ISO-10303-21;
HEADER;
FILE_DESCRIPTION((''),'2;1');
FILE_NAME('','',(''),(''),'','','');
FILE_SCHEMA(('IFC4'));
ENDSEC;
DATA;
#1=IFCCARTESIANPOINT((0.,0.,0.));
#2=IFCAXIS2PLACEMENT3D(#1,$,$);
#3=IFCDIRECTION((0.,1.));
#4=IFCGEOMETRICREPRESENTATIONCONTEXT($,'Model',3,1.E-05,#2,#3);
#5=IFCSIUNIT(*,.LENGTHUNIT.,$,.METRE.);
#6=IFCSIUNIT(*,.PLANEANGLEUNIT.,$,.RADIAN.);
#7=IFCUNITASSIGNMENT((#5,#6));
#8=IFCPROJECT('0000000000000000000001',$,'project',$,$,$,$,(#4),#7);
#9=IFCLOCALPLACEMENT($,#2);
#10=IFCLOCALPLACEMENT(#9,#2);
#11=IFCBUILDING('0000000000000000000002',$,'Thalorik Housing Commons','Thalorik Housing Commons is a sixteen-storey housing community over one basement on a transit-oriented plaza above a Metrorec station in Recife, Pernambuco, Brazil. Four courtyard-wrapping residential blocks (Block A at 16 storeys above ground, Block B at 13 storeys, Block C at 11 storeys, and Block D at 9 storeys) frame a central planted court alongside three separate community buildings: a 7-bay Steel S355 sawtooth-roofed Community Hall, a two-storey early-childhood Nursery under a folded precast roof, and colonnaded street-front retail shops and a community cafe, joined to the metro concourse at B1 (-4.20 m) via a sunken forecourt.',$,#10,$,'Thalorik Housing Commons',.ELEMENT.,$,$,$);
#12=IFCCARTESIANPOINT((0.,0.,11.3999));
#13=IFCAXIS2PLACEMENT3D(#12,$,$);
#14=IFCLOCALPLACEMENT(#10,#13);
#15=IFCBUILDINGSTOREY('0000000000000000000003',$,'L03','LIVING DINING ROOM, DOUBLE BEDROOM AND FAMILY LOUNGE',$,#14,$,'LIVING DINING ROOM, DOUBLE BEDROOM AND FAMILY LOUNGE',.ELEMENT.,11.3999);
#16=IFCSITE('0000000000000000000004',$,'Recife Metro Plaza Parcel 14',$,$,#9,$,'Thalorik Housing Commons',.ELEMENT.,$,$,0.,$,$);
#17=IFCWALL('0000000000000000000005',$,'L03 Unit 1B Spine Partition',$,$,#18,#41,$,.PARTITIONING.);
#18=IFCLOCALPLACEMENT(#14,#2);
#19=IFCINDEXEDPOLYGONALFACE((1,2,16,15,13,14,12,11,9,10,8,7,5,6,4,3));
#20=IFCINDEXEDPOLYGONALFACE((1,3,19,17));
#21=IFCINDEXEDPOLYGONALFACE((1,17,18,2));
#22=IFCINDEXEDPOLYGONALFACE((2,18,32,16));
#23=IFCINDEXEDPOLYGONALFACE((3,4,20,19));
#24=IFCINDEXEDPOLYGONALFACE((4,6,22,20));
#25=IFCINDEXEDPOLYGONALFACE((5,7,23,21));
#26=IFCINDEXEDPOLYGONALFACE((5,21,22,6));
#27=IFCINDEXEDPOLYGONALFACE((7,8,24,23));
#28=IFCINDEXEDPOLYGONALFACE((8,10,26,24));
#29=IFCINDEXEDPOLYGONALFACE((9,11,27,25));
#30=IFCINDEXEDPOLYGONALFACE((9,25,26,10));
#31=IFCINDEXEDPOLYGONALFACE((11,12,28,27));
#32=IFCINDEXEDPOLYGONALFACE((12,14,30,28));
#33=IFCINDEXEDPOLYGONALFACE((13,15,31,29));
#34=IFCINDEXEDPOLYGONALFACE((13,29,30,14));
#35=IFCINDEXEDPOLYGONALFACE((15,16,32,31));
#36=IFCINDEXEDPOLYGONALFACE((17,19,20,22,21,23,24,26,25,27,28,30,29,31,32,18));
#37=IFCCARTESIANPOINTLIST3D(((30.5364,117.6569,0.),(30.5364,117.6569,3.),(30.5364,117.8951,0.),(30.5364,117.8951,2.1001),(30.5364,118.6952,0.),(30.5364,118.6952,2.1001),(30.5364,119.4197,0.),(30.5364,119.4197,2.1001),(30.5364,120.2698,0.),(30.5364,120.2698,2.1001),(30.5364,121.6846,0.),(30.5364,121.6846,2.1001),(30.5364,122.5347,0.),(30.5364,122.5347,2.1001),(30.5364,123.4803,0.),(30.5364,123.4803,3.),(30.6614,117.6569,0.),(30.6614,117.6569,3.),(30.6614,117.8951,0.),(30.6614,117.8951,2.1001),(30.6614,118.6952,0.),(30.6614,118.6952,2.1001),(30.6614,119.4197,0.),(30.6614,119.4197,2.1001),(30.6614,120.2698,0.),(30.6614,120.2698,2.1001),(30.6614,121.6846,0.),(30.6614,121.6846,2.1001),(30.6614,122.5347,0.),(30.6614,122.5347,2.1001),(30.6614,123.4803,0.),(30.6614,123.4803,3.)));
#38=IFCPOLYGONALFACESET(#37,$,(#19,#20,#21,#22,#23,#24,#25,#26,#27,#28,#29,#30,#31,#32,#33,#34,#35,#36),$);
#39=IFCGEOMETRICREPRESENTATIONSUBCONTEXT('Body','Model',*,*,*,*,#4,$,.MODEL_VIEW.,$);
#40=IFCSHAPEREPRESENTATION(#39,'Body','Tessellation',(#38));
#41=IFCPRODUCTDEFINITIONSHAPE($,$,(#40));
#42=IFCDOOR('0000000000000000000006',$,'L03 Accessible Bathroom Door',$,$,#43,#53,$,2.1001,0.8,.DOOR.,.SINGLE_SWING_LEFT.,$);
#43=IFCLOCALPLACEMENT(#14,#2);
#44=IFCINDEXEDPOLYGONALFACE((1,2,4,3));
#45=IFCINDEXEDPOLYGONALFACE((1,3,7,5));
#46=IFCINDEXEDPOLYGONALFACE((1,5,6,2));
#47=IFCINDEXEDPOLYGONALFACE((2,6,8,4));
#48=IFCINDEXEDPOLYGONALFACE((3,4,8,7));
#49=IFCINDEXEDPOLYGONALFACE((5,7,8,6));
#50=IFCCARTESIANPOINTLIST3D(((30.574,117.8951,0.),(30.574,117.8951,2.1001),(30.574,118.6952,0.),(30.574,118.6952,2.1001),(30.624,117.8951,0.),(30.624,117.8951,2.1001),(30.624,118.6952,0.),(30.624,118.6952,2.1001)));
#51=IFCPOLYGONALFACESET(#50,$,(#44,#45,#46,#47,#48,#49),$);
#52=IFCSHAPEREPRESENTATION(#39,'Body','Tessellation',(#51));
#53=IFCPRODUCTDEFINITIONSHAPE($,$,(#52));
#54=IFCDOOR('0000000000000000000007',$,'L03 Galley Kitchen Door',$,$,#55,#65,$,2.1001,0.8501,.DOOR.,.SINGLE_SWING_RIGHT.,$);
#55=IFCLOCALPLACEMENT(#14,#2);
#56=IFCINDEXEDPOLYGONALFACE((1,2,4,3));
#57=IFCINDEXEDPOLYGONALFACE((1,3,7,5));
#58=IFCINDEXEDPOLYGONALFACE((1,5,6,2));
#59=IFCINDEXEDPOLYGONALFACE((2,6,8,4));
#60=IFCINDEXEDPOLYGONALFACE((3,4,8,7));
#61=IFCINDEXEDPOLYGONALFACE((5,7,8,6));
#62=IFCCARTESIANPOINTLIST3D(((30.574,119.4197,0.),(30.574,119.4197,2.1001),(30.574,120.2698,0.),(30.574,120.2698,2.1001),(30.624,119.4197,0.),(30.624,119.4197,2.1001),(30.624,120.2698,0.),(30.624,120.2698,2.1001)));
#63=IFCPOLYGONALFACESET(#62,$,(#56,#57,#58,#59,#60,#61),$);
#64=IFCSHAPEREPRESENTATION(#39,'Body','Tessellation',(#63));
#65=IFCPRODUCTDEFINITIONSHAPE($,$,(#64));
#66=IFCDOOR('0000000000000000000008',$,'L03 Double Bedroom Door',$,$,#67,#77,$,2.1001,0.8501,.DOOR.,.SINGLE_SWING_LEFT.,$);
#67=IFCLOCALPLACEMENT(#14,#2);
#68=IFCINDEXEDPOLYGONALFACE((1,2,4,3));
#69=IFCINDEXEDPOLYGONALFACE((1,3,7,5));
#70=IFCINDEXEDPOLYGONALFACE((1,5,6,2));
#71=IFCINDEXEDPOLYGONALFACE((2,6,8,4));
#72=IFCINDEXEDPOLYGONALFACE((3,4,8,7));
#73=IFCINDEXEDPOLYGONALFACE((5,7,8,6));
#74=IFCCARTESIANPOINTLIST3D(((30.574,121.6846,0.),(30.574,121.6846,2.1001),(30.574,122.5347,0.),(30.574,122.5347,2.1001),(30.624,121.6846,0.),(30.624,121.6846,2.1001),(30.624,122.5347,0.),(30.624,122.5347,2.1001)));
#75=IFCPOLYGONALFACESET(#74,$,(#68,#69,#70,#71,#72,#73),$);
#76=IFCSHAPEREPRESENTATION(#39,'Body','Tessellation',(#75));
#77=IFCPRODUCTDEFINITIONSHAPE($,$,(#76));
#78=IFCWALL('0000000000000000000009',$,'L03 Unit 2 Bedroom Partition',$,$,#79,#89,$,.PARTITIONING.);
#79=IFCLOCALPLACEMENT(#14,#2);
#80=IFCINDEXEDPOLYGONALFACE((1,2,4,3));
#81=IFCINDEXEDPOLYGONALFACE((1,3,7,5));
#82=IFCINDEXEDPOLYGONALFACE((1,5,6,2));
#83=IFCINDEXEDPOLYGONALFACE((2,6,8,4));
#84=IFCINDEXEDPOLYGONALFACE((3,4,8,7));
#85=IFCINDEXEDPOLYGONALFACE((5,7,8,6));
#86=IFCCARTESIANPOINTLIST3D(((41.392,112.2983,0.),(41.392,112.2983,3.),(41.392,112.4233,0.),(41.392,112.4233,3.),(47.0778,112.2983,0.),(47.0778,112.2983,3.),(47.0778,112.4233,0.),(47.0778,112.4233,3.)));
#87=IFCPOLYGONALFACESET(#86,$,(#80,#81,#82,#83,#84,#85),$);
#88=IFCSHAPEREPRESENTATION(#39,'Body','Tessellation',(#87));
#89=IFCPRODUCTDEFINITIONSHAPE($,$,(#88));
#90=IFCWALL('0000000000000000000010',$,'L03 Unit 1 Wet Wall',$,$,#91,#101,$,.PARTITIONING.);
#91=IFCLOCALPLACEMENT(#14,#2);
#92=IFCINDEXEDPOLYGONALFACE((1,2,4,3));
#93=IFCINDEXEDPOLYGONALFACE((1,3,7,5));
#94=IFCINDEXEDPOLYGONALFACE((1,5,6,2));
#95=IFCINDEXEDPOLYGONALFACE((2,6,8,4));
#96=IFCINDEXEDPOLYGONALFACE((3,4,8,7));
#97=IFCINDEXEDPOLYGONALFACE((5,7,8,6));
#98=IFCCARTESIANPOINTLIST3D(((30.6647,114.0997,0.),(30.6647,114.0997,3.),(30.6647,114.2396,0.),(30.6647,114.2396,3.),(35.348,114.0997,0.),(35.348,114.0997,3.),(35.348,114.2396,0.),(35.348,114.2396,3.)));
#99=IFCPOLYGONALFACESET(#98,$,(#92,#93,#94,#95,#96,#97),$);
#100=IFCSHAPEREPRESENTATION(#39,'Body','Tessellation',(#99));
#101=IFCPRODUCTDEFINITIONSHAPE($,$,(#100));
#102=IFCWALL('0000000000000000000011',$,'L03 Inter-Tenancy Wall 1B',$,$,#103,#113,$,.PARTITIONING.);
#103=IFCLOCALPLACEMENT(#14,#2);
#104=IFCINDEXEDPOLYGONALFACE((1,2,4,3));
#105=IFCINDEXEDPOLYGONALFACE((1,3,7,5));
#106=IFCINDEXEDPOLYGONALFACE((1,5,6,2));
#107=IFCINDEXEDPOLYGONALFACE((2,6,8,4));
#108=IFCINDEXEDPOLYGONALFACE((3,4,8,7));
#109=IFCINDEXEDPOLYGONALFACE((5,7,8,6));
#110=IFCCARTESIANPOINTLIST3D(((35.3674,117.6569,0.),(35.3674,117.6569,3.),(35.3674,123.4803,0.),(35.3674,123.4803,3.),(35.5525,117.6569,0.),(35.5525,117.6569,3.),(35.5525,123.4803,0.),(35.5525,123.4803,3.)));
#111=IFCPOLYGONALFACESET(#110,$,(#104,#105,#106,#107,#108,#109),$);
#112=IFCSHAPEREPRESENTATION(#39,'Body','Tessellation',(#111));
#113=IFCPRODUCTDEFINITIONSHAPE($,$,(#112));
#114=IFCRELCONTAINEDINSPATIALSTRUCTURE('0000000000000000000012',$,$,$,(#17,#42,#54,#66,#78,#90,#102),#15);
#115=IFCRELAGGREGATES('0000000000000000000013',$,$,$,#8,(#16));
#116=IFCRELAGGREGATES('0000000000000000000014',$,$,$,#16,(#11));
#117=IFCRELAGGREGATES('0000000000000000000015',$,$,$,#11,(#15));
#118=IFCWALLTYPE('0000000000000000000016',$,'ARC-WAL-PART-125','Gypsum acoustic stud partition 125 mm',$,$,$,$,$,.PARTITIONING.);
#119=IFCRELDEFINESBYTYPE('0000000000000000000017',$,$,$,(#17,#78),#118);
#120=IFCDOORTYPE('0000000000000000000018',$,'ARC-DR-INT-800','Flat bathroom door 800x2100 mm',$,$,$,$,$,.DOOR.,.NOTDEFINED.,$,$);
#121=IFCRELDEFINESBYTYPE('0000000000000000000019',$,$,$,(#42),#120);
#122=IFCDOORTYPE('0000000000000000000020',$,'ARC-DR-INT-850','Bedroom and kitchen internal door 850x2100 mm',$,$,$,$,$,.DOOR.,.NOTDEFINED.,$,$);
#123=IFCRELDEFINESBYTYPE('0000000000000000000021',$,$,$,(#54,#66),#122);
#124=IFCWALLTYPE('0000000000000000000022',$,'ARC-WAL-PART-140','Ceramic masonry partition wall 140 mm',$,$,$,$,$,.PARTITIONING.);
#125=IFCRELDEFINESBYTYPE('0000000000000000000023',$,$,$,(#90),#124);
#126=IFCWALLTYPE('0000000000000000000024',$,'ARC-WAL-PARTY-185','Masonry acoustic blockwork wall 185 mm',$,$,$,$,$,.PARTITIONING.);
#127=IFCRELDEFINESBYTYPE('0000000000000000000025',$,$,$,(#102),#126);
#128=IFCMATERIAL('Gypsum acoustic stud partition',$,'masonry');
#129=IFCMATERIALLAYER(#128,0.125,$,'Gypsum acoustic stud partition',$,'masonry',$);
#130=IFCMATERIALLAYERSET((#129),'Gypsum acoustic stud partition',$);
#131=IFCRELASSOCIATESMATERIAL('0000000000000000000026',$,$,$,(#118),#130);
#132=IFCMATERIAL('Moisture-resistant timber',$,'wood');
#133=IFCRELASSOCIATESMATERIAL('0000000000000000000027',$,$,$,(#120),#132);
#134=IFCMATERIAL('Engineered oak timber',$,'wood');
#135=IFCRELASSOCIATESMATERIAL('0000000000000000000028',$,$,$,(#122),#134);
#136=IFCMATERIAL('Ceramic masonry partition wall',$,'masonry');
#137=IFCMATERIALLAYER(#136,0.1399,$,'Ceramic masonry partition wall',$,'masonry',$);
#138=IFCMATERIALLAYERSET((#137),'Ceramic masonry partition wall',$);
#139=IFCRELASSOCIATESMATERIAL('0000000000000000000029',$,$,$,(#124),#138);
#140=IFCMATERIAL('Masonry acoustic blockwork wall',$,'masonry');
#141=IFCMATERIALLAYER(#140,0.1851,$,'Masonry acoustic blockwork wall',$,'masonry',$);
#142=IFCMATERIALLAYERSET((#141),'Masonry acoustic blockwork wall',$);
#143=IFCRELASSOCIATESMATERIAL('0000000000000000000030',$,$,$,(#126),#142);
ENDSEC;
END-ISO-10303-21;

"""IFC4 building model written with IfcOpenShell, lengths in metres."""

from ifc_helpers import new_model, si_unit, direction, frame, frame_2d, origin, place, context, subcontext, project, spatial, rectangle, extrude, material, layer, layer_set, type_object, element, fill, save


model = new_model("IFC4")

# Units and contexts
model_context = context("Model", 3, precision=1e-05, world=origin(), true_north=direction((0.0, 1.0)))
body_context = subcontext(model_context, "Body", "Model", "MODEL_VIEW")
ifc_project = project(units=[si_unit("LENGTHUNIT", "METRE"), si_unit("PLANEANGLEUNIT", "RADIAN")], contexts=[model_context])

# Site, building, storey
site_placement = place(None, origin())
site = spatial("IfcSite", under=ifc_project, at=site_placement, Name="Recife Metro Plaza Parcel 14", LongName="Thalorik Housing Commons", CompositionType="ELEMENT", RefElevation=0.0)
building_placement = place(site_placement, origin())
building = spatial("IfcBuilding", under=site, at=building_placement, Name="Thalorik Housing Commons", Description="Thalorik Housing Commons is a sixteen-storey housing community over one basement on a transit-oriented plaza above a Metrorec station in Recife, Pernambuco, Brazil. Four courtyard-wrapping residential blocks (Block A at 16 storeys above ground, Block B at 13 storeys, Block C at 11 storeys, and Block D at 9 storeys) frame a central planted court alongside three separate community buildings: a 7-bay Steel S355 sawtooth-roofed Community Hall, a two-storey early-childhood Nursery under a folded precast roof, and colonnaded street-front retail shops and a community cafe, joined to the metro concourse at B1 (-4.20 m) via a sunken forecourt.", LongName="Thalorik Housing Commons", CompositionType="ELEMENT")
storey_placement = place(building_placement, frame((0.0, 0.0, 11.3999)))
storey = spatial("IfcBuildingStorey", under=building, at=storey_placement, Name="L03", Description="LIVING DINING ROOM, DOUBLE BEDROOM AND FAMILY LOUNGE", LongName="LIVING DINING ROOM, DOUBLE BEDROOM AND FAMILY LOUNGE", CompositionType="ELEMENT", Elevation=11.3999)

# Wall, openings, doors
ifc_material_1 = material(Name="Gypsum acoustic stud partition", Category="masonry")
ifc_layer_1 = layer(ifc_material_1, 0.125, Name="Gypsum acoustic stud partition", Category="masonry")
ifc_layer_set_1 = layer_set([ifc_layer_1], Name="Gypsum acoustic stud partition")
wall_type_1 = type_object("IfcWallType", Name="ARC-WAL-PART-125", Description="Gypsum acoustic stud partition 125 mm", PredefinedType="PARTITIONING", material=ifc_layer_set_1)
wall_1_placement = place(storey_placement, frame((30.5989, 117.657, 0.0), z_axis=(0.0, 0.0, 1.0), x_axis=(0.0, 1.0, 0.0)))
wall_1 = element("IfcWall", 1, at=wall_1_placement, inside=storey, type_object=wall_type_1, Name="L03 Unit 1B Spine Partition", PredefinedType="PARTITIONING", context=body_context, shape_type="SweptSolid", body=[
    extrude(rectangle(XDim=5.8235, YDim=0.125, at=frame_2d((2.9116, 0.0))), origin(), (0.0, 0.0, 1.0), 3.0),
])
opening_1_placement = place(wall_1_placement, frame((0.2383, 0.0, 0.0)))
opening_1 = element("IfcOpeningElement", 2, at=opening_1_placement, cuts=wall_1, PredefinedType="OPENING", context=body_context, shape_type="SweptSolid", body=[
    extrude(rectangle(XDim=0.8, YDim=2.1001, at=frame_2d((0.3999, 1.05))), frame((0.0, 0.0725, 0.0), z_axis=(0.0, -1.0, 0.0), x_axis=(1.0, 0.0, 0.0)), (0.0, 0.0, 1.0), 0.145),
])
opening_2_placement = place(wall_1_placement, frame((1.7627, 0.0, 0.0)))
opening_2 = element("IfcOpeningElement", 3, at=opening_2_placement, cuts=wall_1, PredefinedType="OPENING", context=body_context, shape_type="SweptSolid", body=[
    extrude(rectangle(XDim=0.8501, YDim=2.1001, at=frame_2d((0.425, 1.05))), frame((0.0, 0.0725, 0.0), z_axis=(0.0, -1.0, 0.0), x_axis=(1.0, 0.0, 0.0)), (0.0, 0.0, 1.0), 0.145),
])
opening_3_placement = place(wall_1_placement, frame((4.0276, 0.0, 0.0)))
opening_3 = element("IfcOpeningElement", 4, at=opening_3_placement, cuts=wall_1, PredefinedType="OPENING", context=body_context, shape_type="SweptSolid", body=[
    extrude(rectangle(XDim=0.8501, YDim=2.1001, at=frame_2d((0.425, 1.05))), frame((0.0, 0.0725, 0.0), z_axis=(0.0, -1.0, 0.0), x_axis=(1.0, 0.0, 0.0)), (0.0, 0.0, 1.0), 0.145),
])
ifc_material_2 = material(Name="Moisture-resistant timber", Category="wood")
door_type_1 = type_object("IfcDoorType", Name="ARC-DR-INT-800", Description="Flat bathroom door 800x2100 mm", OperationType="NOTDEFINED", PredefinedType="DOOR", material=ifc_material_2)
door_1_placement = place(opening_1_placement, origin())
door_1 = element("IfcDoor", 5, at=door_1_placement, inside=storey, type_object=door_type_1, Name="L03 Accessible Bathroom Door", OperationType="SINGLE_SWING_LEFT", OverallHeight=2.1001, OverallWidth=0.8, PredefinedType="DOOR", context=body_context, shape_type="SweptSolid", body=[
    extrude(rectangle(XDim=0.8, YDim=2.1001, at=frame_2d((0.3999, 1.05))), frame((0.0, 0.0249, 0.0), z_axis=(0.0, -1.0, 0.0), x_axis=(1.0, 0.0, 0.0)), (0.0, 0.0, 1.0), 0.05),
])
fill(opening_1, door_1)
ifc_material_3 = material(Name="Engineered oak timber", Category="wood")
door_type_2 = type_object("IfcDoorType", Name="ARC-DR-INT-850", Description="Bedroom and kitchen internal door 850x2100 mm", OperationType="NOTDEFINED", PredefinedType="DOOR", material=ifc_material_3)
door_2_placement = place(opening_2_placement, origin())
door_2 = element("IfcDoor", 6, at=door_2_placement, inside=storey, type_object=door_type_2, Name="L03 Galley Kitchen Door", OperationType="SINGLE_SWING_RIGHT", OverallHeight=2.1001, OverallWidth=0.8501, PredefinedType="DOOR", context=body_context, shape_type="SweptSolid", body=[
    extrude(rectangle(XDim=0.8501, YDim=2.1001, at=frame_2d((0.425, 1.05))), frame((0.0, 0.0249, 0.0), z_axis=(0.0, -1.0, 0.0), x_axis=(1.0, 0.0, 0.0)), (0.0, 0.0, 1.0), 0.05),
])
fill(opening_2, door_2)
door_3_placement = place(opening_3_placement, origin())
door_3 = element("IfcDoor", 7, at=door_3_placement, inside=storey, type_object=door_type_2, Name="L03 Double Bedroom Door", OperationType="SINGLE_SWING_LEFT", OverallHeight=2.1001, OverallWidth=0.8501, PredefinedType="DOOR", context=body_context, shape_type="SweptSolid", body=[
    extrude(rectangle(XDim=0.8501, YDim=2.1001, at=frame_2d((0.425, 1.05))), frame((0.0, 0.0249, 0.0), z_axis=(0.0, -1.0, 0.0), x_axis=(1.0, 0.0, 0.0)), (0.0, 0.0, 1.0), 0.05),
])
fill(opening_3, door_3)

# Walls
wall_2_placement = place(storey_placement, frame((41.3921, 112.3608, 0.0), z_axis=(0.0, 0.0, 1.0), x_axis=(1.0, 0.0, 0.0)))
element("IfcWall", 8, at=wall_2_placement, inside=storey, type_object=wall_type_1, Name="L03 Unit 2 Bedroom Partition", PredefinedType="PARTITIONING", context=body_context, shape_type="SweptSolid", body=[
    extrude(rectangle(XDim=5.6858, YDim=0.125, at=frame_2d((2.8428, 0.0))), origin(), (0.0, 0.0, 1.0), 3.0),
])
ifc_material_4 = material(Name="Ceramic masonry partition wall", Category="masonry")
ifc_layer_2 = layer(ifc_material_4, 0.1399, Name="Ceramic masonry partition wall", Category="masonry")
ifc_layer_set_2 = layer_set([ifc_layer_2], Name="Ceramic masonry partition wall")
wall_type_2 = type_object("IfcWallType", Name="ARC-WAL-PART-140", Description="Ceramic masonry partition wall 140 mm", PredefinedType="PARTITIONING", material=ifc_layer_set_2)
wall_3_placement = place(storey_placement, frame((30.6646, 114.1697, 0.0), z_axis=(0.0, 0.0, 1.0), x_axis=(1.0, 0.0, 0.0)))
element("IfcWall", 9, at=wall_3_placement, inside=storey, type_object=wall_type_2, Name="L03 Unit 1 Wet Wall", PredefinedType="PARTITIONING", context=body_context, shape_type="SweptSolid", body=[
    extrude(rectangle(XDim=4.6833, YDim=0.1399, at=frame_2d((2.3418, 0.0))), origin(), (0.0, 0.0, 1.0), 3.0),
])
ifc_material_5 = material(Name="Masonry acoustic blockwork wall", Category="masonry")
ifc_layer_3 = layer(ifc_material_5, 0.1851, Name="Masonry acoustic blockwork wall", Category="masonry")
ifc_layer_set_3 = layer_set([ifc_layer_3], Name="Masonry acoustic blockwork wall")
wall_type_3 = type_object("IfcWallType", Name="ARC-WAL-PARTY-185", Description="Masonry acoustic blockwork wall 185 mm", PredefinedType="PARTITIONING", material=ifc_layer_set_3)
wall_4_placement = place(storey_placement, frame((35.46, 117.657, 0.0), z_axis=(0.0, 0.0, 1.0), x_axis=(0.0, 1.0, 0.0)))
element("IfcWall", 10, at=wall_4_placement, inside=storey, type_object=wall_type_3, Name="L03 Inter-Tenancy Wall 1B", PredefinedType="PARTITIONING", context=body_context, shape_type="SweptSolid", body=[
    extrude(rectangle(XDim=5.8235, YDim=0.1851, at=frame_2d((2.9116, 0.0))), origin(), (0.0, 0.0, 1.0), 3.0),
])

save(model, "model.ifc")
